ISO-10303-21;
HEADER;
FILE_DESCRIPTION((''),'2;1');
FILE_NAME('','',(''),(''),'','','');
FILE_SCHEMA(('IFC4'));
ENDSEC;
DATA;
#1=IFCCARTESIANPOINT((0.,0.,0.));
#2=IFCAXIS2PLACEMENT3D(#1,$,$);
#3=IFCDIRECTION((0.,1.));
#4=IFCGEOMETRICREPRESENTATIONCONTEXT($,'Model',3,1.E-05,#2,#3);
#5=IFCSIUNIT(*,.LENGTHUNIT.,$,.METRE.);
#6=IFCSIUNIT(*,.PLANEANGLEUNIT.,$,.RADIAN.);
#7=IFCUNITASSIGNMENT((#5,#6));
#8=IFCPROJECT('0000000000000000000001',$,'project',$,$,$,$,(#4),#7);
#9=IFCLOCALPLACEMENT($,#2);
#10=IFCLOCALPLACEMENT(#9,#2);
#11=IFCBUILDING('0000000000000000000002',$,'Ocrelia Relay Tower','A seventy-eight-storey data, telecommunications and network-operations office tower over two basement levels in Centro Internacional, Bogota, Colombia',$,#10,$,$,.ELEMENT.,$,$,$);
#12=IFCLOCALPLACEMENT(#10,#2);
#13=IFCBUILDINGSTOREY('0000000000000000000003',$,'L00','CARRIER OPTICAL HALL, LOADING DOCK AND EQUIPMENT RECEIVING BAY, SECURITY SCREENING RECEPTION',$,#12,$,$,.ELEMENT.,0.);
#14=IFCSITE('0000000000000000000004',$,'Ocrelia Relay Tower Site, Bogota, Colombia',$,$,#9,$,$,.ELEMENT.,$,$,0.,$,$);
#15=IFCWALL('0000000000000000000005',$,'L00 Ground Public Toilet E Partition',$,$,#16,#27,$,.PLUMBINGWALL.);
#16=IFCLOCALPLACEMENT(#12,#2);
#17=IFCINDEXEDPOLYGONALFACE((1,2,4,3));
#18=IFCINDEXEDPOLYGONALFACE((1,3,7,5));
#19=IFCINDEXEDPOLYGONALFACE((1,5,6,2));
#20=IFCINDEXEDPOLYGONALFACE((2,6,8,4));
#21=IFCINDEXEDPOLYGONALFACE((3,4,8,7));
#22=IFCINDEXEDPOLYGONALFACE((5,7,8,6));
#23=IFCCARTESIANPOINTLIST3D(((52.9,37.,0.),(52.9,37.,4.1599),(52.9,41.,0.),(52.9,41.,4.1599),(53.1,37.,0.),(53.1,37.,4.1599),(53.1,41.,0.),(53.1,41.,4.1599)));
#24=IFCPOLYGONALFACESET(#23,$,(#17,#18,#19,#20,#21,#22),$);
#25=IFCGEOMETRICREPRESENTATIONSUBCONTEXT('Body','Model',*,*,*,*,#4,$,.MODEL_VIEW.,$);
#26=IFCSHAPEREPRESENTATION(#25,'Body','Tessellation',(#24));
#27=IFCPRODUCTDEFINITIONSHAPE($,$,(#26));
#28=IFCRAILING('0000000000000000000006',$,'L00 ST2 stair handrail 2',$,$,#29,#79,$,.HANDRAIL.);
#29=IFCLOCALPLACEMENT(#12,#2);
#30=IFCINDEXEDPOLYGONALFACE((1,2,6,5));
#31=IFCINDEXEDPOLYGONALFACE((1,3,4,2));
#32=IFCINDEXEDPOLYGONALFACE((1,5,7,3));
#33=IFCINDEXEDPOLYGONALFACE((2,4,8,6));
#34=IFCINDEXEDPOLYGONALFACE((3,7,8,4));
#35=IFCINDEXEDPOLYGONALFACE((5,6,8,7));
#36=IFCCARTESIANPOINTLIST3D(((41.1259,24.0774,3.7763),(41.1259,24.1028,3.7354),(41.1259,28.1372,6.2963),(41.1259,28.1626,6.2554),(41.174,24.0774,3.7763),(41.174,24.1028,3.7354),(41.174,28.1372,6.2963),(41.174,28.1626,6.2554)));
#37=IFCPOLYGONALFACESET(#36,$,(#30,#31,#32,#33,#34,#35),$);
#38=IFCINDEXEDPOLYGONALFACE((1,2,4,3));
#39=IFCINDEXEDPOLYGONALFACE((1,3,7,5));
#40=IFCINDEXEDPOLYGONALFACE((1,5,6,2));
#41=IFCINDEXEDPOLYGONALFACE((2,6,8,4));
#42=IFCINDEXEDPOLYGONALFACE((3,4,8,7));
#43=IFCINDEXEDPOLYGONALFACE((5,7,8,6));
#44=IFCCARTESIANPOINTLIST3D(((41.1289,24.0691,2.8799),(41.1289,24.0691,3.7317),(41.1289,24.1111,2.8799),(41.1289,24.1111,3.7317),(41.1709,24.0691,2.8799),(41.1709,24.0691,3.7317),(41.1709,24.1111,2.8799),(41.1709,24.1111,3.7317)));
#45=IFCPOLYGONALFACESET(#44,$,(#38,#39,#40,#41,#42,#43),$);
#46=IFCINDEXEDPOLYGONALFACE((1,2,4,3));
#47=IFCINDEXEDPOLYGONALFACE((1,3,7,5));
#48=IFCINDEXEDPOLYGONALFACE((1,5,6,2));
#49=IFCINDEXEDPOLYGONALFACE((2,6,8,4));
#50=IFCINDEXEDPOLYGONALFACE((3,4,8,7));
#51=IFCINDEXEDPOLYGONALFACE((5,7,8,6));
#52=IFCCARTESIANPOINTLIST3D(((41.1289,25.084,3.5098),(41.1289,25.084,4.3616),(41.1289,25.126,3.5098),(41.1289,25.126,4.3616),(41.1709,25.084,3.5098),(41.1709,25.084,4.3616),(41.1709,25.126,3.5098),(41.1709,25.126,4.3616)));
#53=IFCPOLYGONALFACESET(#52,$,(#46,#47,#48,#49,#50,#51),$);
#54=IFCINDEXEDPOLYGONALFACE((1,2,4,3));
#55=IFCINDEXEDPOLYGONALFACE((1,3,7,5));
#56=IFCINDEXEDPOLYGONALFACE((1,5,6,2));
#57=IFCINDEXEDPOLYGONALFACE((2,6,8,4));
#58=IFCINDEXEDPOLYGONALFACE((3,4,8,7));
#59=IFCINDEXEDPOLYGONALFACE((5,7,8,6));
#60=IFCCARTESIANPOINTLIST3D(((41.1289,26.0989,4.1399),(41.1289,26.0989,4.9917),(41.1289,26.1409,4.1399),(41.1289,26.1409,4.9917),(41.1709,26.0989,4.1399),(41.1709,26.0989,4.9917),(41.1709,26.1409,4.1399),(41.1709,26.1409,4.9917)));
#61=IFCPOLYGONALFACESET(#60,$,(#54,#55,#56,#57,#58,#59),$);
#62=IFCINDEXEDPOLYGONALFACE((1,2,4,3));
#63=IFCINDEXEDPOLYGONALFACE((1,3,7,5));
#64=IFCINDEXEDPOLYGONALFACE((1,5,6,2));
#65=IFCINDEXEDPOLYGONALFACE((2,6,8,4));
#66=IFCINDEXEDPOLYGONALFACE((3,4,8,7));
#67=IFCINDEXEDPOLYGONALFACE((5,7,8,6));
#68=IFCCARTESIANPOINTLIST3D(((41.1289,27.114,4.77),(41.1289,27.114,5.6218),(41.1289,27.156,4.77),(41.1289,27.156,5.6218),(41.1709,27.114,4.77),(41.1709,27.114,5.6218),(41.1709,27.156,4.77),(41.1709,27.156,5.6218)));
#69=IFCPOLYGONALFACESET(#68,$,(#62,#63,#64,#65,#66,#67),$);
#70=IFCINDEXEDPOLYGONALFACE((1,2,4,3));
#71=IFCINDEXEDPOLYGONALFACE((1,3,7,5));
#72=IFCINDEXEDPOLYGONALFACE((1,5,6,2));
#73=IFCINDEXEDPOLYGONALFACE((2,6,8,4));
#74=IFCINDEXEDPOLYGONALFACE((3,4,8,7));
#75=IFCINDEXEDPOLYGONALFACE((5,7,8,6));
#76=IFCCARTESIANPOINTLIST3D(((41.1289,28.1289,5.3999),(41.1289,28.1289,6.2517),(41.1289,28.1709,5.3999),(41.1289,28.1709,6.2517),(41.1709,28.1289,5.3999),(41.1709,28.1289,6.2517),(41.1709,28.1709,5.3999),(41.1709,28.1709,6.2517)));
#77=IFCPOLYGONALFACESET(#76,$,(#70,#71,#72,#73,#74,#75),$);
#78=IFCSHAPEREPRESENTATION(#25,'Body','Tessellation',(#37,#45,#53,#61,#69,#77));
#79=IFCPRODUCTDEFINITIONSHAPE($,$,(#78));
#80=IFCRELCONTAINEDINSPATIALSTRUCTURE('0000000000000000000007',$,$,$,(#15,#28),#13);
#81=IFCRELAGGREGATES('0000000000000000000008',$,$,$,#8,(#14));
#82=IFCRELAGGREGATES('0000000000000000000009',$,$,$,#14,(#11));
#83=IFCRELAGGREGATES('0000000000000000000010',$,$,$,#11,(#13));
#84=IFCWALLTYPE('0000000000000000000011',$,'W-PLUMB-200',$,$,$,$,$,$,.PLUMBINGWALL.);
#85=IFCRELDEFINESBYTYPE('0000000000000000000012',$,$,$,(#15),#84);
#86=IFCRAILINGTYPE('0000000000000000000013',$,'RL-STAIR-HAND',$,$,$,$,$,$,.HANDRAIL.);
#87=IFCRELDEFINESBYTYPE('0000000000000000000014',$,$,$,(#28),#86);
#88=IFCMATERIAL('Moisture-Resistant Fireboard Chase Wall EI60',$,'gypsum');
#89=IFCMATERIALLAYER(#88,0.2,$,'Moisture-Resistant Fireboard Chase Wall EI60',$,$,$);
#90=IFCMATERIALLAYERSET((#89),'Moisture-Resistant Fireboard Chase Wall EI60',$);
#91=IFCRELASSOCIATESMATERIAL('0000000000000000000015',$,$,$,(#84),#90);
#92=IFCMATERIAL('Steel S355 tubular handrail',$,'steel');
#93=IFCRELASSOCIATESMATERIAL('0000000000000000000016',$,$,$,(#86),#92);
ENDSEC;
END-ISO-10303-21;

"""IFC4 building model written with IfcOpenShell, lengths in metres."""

from ifc_helpers import new_model, si_unit, direction, frame, frame_2d, origin, origin_2d, place, context, subcontext, project, spatial, rectangle, extrude, material, layer, layer_set, type_object, element, save


model = new_model("IFC4")

# Units and contexts
model_context = context("Model", 3, precision=1e-05, world=origin(), true_north=direction((0.0, 1.0)))
body_context = subcontext(model_context, "Body", "Model", "MODEL_VIEW")
ifc_project = project(units=[si_unit("LENGTHUNIT", "METRE"), si_unit("PLANEANGLEUNIT", "RADIAN")], contexts=[model_context])

# Site, building, storey
site_placement = place(None, origin())
site = spatial("IfcSite", under=ifc_project, at=site_placement, Name="Ocrelia Relay Tower Site, Bogota, Colombia", CompositionType="ELEMENT", RefElevation=0.0)
building_placement = place(site_placement, origin())
building = spatial("IfcBuilding", under=site, at=building_placement, Name="Ocrelia Relay Tower", Description="A seventy-eight-storey data, telecommunications and network-operations office tower over two basement levels in Centro Internacional, Bogota, Colombia", CompositionType="ELEMENT")
storey_placement = place(building_placement, origin())
storey = spatial("IfcBuildingStorey", under=building, at=storey_placement, Name="L00", Description="CARRIER OPTICAL HALL, LOADING DOCK AND EQUIPMENT RECEIVING BAY, SECURITY SCREENING RECEPTION", CompositionType="ELEMENT", Elevation=0.0)

# Wall
ifc_material_1 = material(Name="Moisture-Resistant Fireboard Chase Wall EI60", Category="gypsum")
ifc_layer_1 = layer(ifc_material_1, 0.2, Name="Moisture-Resistant Fireboard Chase Wall EI60")
ifc_layer_set_1 = layer_set([ifc_layer_1], Name="Moisture-Resistant Fireboard Chase Wall EI60")
wall_type_1 = type_object("IfcWallType", Name="W-PLUMB-200", PredefinedType="PLUMBINGWALL", material=ifc_layer_set_1)
wall_1_placement = place(storey_placement, frame((53.0, 37.0, 0.0), z_axis=(0.0, 0.0, 1.0), x_axis=(0.0, 1.0, 0.0)))
element("IfcWall", 1, at=wall_1_placement, inside=storey, type_object=wall_type_1, Name="L00 Ground Public Toilet E Partition", PredefinedType="PLUMBINGWALL", context=body_context, shape_type="SweptSolid", body=[
    extrude(rectangle(XDim=4.0, YDim=0.2, at=frame_2d((2.0, 0.0))), origin(), (0.0, 0.0, 1.0), 4.1599),
])

# Railing
ifc_material_2 = material(Name="Steel S355 tubular handrail", Category="steel")
railing_type = type_object("IfcRailingType", Name="RL-STAIR-HAND", PredefinedType="HANDRAIL", material=ifc_material_2)
railing_placement = place(storey_placement, frame((41.1499, 24.0901, 2.8799)))
element("IfcRailing", 2, at=railing_placement, inside=storey, type_object=railing_type, Name="L00 ST2 stair handrail 2", PredefinedType="HANDRAIL", context=body_context, shape_type="SweptSolid", body=[
    extrude(rectangle(XDim=0.0481, YDim=0.0481, at=origin_2d()), frame((0.0, 0.0, 0.876), z_axis=(0.0, 0.849628, 0.527383), x_axis=(-1.0, 0.0, 0.0)), (0.0, 0.0, 1.0), 4.7783),
    extrude(rectangle(XDim=0.042, YDim=0.042, at=origin_2d()), origin(), (0.0, 0.0, 1.0), 0.8518),
    extrude(rectangle(XDim=0.042, YDim=0.042, at=origin_2d()), frame((0.0, 1.0149, 0.6299)), (0.0, 0.0, 1.0), 0.8518),
    extrude(rectangle(XDim=0.042, YDim=0.042, at=origin_2d()), frame((0.0, 2.0298, 1.26)), (0.0, 0.0, 1.0), 0.8518),
    extrude(rectangle(XDim=0.042, YDim=0.042, at=origin_2d()), frame((0.0, 3.0449, 1.8901)), (0.0, 0.0, 1.0), 0.8518),
    extrude(rectangle(XDim=0.042, YDim=0.042, at=origin_2d()), frame((0.0, 4.0598, 2.52)), (0.0, 0.0, 1.0), 0.8518),
])

save(model, "model.ifc")
